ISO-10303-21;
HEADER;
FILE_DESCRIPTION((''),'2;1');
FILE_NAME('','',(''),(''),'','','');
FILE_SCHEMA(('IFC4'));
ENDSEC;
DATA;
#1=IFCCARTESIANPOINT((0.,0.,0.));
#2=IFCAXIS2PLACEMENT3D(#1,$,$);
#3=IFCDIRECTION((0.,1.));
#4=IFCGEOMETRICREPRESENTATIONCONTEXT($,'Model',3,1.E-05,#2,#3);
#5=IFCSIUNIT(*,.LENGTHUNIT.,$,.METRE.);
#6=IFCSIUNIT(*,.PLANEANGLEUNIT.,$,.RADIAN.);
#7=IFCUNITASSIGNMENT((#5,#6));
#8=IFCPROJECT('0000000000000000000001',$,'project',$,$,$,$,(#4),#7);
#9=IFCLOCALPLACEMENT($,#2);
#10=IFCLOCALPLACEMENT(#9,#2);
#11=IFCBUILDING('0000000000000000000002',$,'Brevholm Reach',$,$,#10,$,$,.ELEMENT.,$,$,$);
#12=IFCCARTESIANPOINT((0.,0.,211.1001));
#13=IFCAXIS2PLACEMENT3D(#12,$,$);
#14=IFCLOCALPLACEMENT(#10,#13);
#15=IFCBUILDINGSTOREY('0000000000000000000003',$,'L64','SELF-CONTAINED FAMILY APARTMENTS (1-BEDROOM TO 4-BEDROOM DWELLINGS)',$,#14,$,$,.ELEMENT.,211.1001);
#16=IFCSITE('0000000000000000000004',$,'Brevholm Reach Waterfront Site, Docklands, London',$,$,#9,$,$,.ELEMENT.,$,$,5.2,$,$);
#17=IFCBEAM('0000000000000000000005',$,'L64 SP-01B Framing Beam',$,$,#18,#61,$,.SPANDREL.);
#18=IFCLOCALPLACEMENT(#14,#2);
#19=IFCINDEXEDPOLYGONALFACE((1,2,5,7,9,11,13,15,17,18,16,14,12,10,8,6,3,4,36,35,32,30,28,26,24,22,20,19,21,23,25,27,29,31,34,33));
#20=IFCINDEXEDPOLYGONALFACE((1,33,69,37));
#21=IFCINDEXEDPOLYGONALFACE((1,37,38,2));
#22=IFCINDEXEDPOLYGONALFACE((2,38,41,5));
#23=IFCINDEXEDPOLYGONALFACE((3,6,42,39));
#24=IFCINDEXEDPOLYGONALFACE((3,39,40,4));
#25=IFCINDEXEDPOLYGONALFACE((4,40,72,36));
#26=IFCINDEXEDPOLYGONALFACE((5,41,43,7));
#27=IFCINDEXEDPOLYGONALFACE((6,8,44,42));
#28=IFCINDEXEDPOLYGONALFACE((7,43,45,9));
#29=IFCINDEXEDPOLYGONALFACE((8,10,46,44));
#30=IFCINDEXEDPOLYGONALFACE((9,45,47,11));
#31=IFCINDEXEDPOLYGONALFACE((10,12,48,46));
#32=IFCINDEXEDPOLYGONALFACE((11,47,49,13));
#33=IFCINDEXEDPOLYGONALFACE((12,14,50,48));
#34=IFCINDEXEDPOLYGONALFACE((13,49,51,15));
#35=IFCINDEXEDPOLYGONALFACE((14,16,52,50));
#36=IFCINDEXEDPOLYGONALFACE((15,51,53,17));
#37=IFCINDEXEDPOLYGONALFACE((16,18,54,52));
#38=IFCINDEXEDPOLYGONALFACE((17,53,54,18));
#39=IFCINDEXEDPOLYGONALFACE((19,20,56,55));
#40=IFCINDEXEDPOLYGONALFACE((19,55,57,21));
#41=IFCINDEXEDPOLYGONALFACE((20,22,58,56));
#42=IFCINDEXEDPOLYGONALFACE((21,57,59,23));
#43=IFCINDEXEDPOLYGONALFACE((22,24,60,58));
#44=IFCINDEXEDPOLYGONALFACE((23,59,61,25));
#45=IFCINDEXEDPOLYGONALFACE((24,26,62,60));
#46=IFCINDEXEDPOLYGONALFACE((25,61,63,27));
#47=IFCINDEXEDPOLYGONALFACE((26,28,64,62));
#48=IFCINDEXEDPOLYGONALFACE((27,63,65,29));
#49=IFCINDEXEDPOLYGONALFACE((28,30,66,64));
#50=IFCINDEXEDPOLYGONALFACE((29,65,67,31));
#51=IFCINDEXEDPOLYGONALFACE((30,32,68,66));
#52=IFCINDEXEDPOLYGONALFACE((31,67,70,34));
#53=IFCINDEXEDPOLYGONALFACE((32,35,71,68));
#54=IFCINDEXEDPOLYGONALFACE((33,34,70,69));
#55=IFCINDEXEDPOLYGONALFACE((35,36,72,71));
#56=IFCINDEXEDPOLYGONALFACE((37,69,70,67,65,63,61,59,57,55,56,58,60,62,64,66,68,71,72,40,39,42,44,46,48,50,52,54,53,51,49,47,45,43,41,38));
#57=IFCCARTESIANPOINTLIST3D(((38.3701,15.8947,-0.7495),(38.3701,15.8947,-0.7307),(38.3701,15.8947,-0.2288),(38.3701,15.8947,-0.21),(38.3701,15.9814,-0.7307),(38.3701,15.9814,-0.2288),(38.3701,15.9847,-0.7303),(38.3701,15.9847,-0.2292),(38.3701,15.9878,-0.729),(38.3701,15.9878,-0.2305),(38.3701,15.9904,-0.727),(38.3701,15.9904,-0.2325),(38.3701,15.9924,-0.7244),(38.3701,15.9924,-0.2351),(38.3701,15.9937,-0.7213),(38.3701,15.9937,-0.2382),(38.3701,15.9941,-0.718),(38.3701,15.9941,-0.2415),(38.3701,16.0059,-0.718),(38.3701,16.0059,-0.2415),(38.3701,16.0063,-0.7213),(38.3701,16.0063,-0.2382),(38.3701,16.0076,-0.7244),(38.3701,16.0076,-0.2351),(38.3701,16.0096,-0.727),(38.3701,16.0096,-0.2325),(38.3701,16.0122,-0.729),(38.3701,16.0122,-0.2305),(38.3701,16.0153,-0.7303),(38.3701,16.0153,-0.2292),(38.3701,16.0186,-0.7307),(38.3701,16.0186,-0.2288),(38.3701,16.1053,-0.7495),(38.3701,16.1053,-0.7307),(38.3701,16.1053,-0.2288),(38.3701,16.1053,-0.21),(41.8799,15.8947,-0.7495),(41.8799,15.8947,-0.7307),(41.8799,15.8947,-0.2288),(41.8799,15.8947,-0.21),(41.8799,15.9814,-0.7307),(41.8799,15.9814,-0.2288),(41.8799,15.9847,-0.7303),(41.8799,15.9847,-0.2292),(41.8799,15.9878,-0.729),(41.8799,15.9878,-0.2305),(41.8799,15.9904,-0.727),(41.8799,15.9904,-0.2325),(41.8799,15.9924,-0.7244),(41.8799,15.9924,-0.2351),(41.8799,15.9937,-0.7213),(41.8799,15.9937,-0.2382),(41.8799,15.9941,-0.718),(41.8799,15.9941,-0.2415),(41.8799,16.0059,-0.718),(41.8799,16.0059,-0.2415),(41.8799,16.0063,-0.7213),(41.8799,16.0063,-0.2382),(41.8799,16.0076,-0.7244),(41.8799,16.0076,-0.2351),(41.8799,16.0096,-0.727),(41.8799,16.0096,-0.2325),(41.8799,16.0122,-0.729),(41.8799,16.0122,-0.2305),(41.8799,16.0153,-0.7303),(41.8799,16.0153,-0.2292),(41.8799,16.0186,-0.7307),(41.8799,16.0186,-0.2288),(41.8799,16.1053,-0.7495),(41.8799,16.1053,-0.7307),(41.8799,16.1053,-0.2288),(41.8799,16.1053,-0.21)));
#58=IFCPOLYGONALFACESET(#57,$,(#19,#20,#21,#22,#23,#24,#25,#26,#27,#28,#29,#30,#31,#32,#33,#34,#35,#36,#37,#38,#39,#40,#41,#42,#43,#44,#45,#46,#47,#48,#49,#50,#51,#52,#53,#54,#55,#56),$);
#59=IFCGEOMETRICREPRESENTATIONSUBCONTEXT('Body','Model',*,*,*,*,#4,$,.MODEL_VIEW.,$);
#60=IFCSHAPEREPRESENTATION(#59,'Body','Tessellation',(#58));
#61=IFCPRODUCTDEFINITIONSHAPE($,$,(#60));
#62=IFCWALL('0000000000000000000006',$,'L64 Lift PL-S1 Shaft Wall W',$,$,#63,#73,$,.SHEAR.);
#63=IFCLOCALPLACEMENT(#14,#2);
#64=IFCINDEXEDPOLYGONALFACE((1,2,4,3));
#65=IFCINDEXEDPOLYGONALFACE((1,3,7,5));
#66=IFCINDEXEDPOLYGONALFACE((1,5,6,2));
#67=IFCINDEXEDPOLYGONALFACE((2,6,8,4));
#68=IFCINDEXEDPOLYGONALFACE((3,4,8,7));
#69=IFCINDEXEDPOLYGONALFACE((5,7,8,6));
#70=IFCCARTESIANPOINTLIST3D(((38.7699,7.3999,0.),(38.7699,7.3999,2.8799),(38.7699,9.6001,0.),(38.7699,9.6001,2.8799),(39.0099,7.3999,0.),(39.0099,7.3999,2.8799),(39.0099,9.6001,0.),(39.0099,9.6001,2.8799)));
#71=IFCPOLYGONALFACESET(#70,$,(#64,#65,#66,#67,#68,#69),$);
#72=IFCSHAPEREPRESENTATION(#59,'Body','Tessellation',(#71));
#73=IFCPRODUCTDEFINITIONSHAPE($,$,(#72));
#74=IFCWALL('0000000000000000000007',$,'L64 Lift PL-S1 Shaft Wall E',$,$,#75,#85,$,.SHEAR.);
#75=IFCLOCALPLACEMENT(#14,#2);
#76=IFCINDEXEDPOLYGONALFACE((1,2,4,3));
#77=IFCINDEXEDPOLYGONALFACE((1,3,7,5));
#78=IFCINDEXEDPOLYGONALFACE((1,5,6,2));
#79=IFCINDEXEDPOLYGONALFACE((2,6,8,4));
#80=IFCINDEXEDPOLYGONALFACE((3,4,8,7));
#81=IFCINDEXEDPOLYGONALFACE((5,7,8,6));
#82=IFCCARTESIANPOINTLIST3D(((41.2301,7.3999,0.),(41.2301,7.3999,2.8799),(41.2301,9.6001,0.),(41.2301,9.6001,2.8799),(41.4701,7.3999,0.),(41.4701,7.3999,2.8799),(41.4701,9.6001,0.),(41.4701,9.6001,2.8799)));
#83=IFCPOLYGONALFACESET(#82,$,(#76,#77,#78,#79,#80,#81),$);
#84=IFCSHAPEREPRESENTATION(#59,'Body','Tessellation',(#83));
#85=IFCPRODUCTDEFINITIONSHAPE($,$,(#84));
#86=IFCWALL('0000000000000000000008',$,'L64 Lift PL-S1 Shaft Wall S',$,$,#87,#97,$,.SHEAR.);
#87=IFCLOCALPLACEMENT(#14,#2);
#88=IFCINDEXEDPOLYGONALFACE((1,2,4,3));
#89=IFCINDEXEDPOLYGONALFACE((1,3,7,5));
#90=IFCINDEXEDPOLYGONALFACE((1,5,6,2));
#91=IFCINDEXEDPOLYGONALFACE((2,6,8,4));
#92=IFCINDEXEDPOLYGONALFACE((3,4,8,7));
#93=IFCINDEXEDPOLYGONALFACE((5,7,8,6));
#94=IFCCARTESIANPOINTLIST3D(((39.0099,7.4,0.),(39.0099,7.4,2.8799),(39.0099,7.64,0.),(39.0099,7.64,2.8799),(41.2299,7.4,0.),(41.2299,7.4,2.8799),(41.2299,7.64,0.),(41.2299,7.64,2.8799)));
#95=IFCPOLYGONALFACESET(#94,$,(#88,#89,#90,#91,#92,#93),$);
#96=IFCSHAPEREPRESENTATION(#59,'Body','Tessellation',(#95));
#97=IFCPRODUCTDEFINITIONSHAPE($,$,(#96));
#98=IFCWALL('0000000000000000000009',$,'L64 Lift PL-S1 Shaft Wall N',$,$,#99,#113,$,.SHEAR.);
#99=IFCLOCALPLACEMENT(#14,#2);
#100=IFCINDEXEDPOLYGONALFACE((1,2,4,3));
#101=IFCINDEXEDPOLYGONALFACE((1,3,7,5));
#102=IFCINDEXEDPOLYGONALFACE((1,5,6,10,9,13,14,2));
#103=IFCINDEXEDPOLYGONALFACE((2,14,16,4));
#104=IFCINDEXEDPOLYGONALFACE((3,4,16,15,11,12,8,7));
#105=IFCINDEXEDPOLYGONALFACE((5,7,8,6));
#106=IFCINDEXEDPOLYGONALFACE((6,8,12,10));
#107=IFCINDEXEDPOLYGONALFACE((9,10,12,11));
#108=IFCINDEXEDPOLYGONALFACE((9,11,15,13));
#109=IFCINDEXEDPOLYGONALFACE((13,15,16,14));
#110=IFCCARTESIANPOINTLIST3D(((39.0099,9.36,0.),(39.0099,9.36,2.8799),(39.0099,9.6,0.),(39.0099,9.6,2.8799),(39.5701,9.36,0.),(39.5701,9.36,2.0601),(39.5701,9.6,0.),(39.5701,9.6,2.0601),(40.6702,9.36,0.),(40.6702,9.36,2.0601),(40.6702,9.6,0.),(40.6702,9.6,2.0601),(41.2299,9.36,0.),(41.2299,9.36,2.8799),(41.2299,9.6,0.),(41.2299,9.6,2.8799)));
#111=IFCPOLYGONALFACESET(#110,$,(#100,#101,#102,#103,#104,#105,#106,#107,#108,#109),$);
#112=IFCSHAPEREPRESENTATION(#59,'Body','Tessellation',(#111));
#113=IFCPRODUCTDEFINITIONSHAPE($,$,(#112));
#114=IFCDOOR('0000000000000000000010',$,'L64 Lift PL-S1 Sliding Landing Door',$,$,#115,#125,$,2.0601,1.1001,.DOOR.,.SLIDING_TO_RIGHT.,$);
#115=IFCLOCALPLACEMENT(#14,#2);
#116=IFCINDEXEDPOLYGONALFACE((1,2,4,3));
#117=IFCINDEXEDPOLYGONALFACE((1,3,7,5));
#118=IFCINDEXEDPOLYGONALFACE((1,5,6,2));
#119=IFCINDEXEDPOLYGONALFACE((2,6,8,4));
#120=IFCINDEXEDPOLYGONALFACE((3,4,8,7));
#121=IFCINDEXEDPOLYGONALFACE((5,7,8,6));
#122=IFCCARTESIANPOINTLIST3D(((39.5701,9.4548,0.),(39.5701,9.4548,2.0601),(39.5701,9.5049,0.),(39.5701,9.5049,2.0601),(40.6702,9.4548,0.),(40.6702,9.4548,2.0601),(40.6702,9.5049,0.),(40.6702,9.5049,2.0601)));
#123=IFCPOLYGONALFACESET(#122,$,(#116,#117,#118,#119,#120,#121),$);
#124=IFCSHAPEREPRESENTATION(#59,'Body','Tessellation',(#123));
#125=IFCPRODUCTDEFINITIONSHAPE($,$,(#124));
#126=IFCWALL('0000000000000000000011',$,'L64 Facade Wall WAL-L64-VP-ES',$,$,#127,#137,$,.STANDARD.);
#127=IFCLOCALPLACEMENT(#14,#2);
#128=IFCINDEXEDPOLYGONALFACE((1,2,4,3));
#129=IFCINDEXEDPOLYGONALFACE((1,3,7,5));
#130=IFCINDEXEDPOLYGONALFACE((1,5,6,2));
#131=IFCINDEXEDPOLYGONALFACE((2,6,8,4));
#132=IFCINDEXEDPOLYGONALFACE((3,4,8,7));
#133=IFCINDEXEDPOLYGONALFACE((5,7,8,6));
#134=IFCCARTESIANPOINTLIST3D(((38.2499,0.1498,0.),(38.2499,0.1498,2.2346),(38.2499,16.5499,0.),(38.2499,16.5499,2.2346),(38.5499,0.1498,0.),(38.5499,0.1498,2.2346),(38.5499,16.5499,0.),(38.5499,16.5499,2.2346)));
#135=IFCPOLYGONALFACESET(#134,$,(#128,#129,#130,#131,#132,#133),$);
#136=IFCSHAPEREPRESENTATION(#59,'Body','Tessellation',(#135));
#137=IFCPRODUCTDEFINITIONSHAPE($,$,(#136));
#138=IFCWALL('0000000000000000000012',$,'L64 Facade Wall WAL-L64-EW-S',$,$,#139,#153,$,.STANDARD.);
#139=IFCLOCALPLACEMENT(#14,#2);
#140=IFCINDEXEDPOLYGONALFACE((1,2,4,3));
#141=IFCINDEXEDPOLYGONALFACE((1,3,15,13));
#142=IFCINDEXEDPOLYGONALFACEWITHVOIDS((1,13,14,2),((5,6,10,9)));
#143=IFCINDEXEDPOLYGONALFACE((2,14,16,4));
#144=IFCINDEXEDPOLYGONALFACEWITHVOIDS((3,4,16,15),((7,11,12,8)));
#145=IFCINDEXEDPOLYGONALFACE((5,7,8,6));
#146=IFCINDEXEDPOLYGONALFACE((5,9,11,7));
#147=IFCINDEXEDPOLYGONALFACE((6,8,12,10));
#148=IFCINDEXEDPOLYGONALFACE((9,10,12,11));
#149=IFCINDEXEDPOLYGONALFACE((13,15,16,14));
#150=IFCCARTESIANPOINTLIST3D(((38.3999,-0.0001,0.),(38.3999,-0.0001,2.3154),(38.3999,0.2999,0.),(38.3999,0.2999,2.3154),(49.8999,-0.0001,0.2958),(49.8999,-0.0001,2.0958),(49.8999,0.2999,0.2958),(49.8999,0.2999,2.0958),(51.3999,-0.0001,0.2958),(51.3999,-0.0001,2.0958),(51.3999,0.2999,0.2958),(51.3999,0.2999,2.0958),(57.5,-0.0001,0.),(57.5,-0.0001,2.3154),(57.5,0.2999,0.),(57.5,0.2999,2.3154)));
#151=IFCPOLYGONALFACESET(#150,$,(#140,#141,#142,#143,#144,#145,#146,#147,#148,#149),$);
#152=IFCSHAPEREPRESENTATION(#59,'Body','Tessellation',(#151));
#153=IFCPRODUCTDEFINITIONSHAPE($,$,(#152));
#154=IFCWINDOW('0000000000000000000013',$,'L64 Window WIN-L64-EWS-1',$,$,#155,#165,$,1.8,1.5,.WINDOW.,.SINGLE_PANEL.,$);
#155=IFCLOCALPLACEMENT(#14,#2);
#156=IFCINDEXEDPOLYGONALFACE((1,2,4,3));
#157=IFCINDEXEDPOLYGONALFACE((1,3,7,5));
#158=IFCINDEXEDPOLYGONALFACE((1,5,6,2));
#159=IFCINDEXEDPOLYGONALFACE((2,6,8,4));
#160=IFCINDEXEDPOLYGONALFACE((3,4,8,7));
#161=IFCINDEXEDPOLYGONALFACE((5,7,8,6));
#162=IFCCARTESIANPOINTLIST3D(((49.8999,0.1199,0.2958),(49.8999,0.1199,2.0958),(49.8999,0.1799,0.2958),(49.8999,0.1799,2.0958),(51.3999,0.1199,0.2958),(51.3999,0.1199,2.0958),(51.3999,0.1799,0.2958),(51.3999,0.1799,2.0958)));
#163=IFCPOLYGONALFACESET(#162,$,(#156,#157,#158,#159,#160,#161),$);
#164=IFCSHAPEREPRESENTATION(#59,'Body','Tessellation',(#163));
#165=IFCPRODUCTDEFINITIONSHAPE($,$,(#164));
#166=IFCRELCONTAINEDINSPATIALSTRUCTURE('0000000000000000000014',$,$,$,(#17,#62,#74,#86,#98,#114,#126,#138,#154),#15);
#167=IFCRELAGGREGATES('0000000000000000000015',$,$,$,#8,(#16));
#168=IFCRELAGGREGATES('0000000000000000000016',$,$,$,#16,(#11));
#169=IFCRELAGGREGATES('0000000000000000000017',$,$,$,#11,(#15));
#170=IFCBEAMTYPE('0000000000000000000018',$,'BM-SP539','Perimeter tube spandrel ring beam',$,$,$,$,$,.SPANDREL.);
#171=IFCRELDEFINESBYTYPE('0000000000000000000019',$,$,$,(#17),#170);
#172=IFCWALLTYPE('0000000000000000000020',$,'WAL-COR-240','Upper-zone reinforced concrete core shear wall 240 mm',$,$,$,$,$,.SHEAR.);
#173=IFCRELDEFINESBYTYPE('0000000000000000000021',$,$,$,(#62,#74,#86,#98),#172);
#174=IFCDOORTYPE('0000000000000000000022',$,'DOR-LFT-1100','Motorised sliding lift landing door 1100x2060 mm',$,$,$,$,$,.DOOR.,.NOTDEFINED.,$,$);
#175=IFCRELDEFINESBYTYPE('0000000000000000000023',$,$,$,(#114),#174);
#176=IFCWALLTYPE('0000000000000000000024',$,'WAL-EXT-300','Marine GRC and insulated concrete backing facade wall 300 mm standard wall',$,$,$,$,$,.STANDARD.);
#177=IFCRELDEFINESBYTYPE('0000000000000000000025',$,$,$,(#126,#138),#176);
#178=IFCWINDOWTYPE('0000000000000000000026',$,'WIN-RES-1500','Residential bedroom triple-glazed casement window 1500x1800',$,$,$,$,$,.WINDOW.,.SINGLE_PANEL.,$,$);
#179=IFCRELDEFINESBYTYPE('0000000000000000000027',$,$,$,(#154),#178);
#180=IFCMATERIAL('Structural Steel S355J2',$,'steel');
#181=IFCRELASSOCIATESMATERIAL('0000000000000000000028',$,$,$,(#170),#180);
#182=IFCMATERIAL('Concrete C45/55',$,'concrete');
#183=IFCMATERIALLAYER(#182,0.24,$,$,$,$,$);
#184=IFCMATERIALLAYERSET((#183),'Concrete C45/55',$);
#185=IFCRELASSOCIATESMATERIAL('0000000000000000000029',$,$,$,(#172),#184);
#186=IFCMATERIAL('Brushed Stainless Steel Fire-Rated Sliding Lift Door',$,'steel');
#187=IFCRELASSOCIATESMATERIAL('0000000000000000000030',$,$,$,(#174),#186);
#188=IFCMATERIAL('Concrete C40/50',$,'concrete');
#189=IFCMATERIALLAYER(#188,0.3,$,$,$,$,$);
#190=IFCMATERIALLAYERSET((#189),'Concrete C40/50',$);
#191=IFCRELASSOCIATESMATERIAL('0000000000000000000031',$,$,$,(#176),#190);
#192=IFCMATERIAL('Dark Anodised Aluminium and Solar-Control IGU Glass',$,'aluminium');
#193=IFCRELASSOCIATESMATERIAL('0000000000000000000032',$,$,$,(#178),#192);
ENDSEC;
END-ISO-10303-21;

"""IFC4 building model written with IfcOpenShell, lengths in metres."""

from ifc_helpers import new_model, si_unit, direction, frame, frame_2d, origin, origin_2d, place, context, subcontext, project, spatial, rectangle, i_section, extrude, material, layer, layer_set, material_profile, profile_set, type_object, element, fill, save


model = new_model("IFC4")

# Units and contexts
model_context = context("Model", 3, precision=1e-05, world=origin(), true_north=direction((0.0, 1.0)))
body_context = subcontext(model_context, "Body", "Model", "MODEL_VIEW")
ifc_project = project(units=[si_unit("LENGTHUNIT", "METRE"), si_unit("PLANEANGLEUNIT", "RADIAN")], contexts=[model_context])

# Site, building, storey
site_placement = place(None, origin())
site = spatial("IfcSite", under=ifc_project, at=site_placement, Name="Brevholm Reach Waterfront Site, Docklands, London", CompositionType="ELEMENT", RefElevation=5.2)
building_placement = place(site_placement, origin())
building = spatial("IfcBuilding", under=site, at=building_placement, Name="Brevholm Reach", CompositionType="ELEMENT")
storey_placement = place(building_placement, frame((0.0, 0.0, 211.1001)))
storey = spatial("IfcBuildingStorey", under=building, at=storey_placement, Name="L64", Description="SELF-CONTAINED FAMILY APARTMENTS (1-BEDROOM TO 4-BEDROOM DWELLINGS)", CompositionType="ELEMENT", Elevation=211.1001)

# Beam
ifc_material_1 = material(Name="Structural Steel S355J2", Category="steel")
ifc_material_profile_1 = material_profile(ifc_material_1, i_section(OverallWidth=0.2107, OverallDepth=0.5396, WebThickness=0.0117, FlangeThickness=0.0188, FilletRadius=0.0127, at=origin_2d()), Name="UKB 533x210x109")
ifc_profile_set_1 = profile_set([ifc_material_profile_1], Name="Structural Steel S355J2")
beam_type_1 = type_object("IfcBeamType", Name="BM-SP539", Description="Perimeter tube spandrel ring beam", PredefinedType="SPANDREL", material=ifc_profile_set_1)
for number, where, z_axis, x_axis, name in (
    (1, (38.3701, 16.0, -0.4797), (1.0, 0.0, 0.0), (0.0, 1.0, 0.0), "L64 SP-01B Framing Beam"),
):
    element("IfcBeam", number, at=place(storey_placement, frame(where, z_axis=z_axis, x_axis=x_axis)), inside=storey, type_object=beam_type_1, Name=name, PredefinedType="SPANDREL", context=body_context, shape_type="SweptSolid", body=[
        extrude(i_section(OverallWidth=0.2107, OverallDepth=0.5396, WebThickness=0.0117, FlangeThickness=0.0188, FilletRadius=0.0127, at=origin_2d()), origin(), (0.0, 0.0, 1.0), 3.5098),
    ])

# Walls
ifc_material_2 = material(Name="Concrete C45/55", Category="concrete")
ifc_layer_1 = layer(ifc_material_2, 0.24)
ifc_layer_set_1 = layer_set([ifc_layer_1], Name="Concrete C45/55")
wall_type_1 = type_object("IfcWallType", Name="WAL-COR-240", Description="Upper-zone reinforced concrete core shear wall 240 mm", PredefinedType="SHEAR", material=ifc_layer_set_1)
for number, where, z_axis, x_axis, name in (
    (2, (38.8899, 7.3999, 0.0), (0.0, 0.0, 1.0), (0.0, 1.0, 0.0), "L64 Lift PL-S1 Shaft Wall W"),
    (3, (41.3501, 7.3999, 0.0), (0.0, 0.0, 1.0), (0.0, 1.0, 0.0), "L64 Lift PL-S1 Shaft Wall E"),
):
    element("IfcWall", number, at=place(storey_placement, frame(where, z_axis=z_axis, x_axis=x_axis)), inside=storey, type_object=wall_type_1, Name=name, PredefinedType="SHEAR", context=body_context, shape_type="SweptSolid", body=[
        extrude(rectangle(XDim=2.2002, YDim=0.24, at=frame_2d((1.1001, 0.0))), origin(), (0.0, 0.0, 1.0), 2.8799),
    ])
wall_1_placement = place(storey_placement, frame((39.01, 7.52, 0.0), z_axis=(0.0, 0.0, 1.0), x_axis=(1.0, 0.0, 0.0)))
element("IfcWall", 4, at=wall_1_placement, inside=storey, type_object=wall_type_1, Name="L64 Lift PL-S1 Shaft Wall S", PredefinedType="SHEAR", context=body_context, shape_type="SweptSolid", body=[
    extrude(rectangle(XDim=2.22, YDim=0.24, at=frame_2d((1.1099, 0.0))), origin(), (0.0, 0.0, 1.0), 2.8799),
])

# Wall, opening, door
wall_2_placement = place(storey_placement, frame((39.01, 9.48, 0.0), z_axis=(0.0, 0.0, 1.0), x_axis=(1.0, 0.0, 0.0)))
wall_2 = element("IfcWall", 5, at=wall_2_placement, inside=storey, type_object=wall_type_1, Name="L64 Lift PL-S1 Shaft Wall N", PredefinedType="SHEAR", context=body_context, shape_type="SweptSolid", body=[
    extrude(rectangle(XDim=2.22, YDim=0.24, at=frame_2d((1.1099, 0.0))), origin(), (0.0, 0.0, 1.0), 2.8799),
])
opening_1_placement = place(wall_2_placement, frame((0.5601, 0.0, 0.0)))
opening_1 = element("IfcOpeningElement", 6, at=opening_1_placement, cuts=wall_2, PredefinedType="OPENING", context=body_context, shape_type="SweptSolid", body=[
    extrude(rectangle(XDim=1.1001, YDim=2.0601, at=frame_2d((0.55, 1.03))), frame((0.0, 0.1299, 0.0), z_axis=(0.0, -1.0, 0.0), x_axis=(1.0, 0.0, 0.0)), (0.0, 0.0, 1.0), 0.26),
])
ifc_material_3 = material(Name="Brushed Stainless Steel Fire-Rated Sliding Lift Door", Category="steel")
door_type_1 = type_object("IfcDoorType", Name="DOR-LFT-1100", Description="Motorised sliding lift landing door 1100x2060 mm", OperationType="NOTDEFINED", PredefinedType="DOOR", material=ifc_material_3)
door_1_placement = place(opening_1_placement, origin())
door_1 = element("IfcDoor", 7, at=door_1_placement, inside=storey, type_object=door_type_1, Name="L64 Lift PL-S1 Sliding Landing Door", OperationType="SLIDING_TO_RIGHT", OverallHeight=2.0601, OverallWidth=1.1001, PredefinedType="DOOR", context=body_context, shape_type="SweptSolid", body=[
    extrude(rectangle(XDim=1.1001, YDim=2.0601, at=frame_2d((0.55, 1.03))), frame((0.0, 0.0249, 0.0), z_axis=(0.0, -1.0, 0.0), x_axis=(1.0, 0.0, 0.0)), (0.0, 0.0, 1.0), 0.05),
])
fill(opening_1, door_1)

# Wall
ifc_material_4 = material(Name="Concrete C40/50", Category="concrete")
ifc_layer_2 = layer(ifc_material_4, 0.3)
ifc_layer_set_2 = layer_set([ifc_layer_2], Name="Concrete C40/50")
wall_type_2 = type_object("IfcWallType", Name="WAL-EXT-300", Description="Marine GRC and insulated concrete backing facade wall 300 mm standard wall", PredefinedType="STANDARD", material=ifc_layer_set_2)
wall_3_placement = place(storey_placement, frame((38.3999, 16.55, 0.0), z_axis=(0.0, 0.0, 1.0), x_axis=(0.0, -1.0, 0.0)))
element("IfcWall", 8, at=wall_3_placement, inside=storey, type_object=wall_type_2, Name="L64 Facade Wall WAL-L64-VP-ES", PredefinedType="STANDARD", context=body_context, shape_type="SweptSolid", body=[
    extrude(rectangle(XDim=16.4001, YDim=0.3, at=frame_2d((8.2002, 0.0))), origin(), (0.0, 0.0, 1.0), 2.2346),
])

# Wall, opening, window
wall_4_placement = place(storey_placement, frame((38.3999, 0.1499, 0.0), z_axis=(0.0, 0.0, 1.0), x_axis=(1.0, 0.0, 0.0)))
wall_4 = element("IfcWall", 9, at=wall_4_placement, inside=storey, type_object=wall_type_2, Name="L64 Facade Wall WAL-L64-EW-S", PredefinedType="STANDARD", context=body_context, shape_type="SweptSolid", body=[
    extrude(rectangle(XDim=19.1001, YDim=0.3, at=frame_2d((9.55, 0.0))), origin(), (0.0, 0.0, 1.0), 2.3154),
])
opening_2_placement = place(wall_4_placement, frame((11.5, 0.0, 0.2959)))
opening_2 = element("IfcOpeningElement", 10, at=opening_2_placement, cuts=wall_4, PredefinedType="OPENING", context=body_context, shape_type="SweptSolid", body=[
    extrude(rectangle(XDim=1.5, YDim=1.8, at=frame_2d((0.75, 0.8999))), frame((0.0, 0.1599, 0.0), z_axis=(0.0, -1.0, 0.0), x_axis=(1.0, 0.0, 0.0)), (0.0, 0.0, 1.0), 0.3201),
])
ifc_material_5 = material(Name="Dark Anodised Aluminium and Solar-Control IGU Glass", Category="aluminium")
window_type = type_object("IfcWindowType", Name="WIN-RES-1500", Description="Residential bedroom triple-glazed casement window 1500x1800", PartitioningType="SINGLE_PANEL", PredefinedType="WINDOW", material=ifc_material_5)
window_placement = place(opening_2_placement, origin())
window = element("IfcWindow", 11, at=window_placement, inside=storey, type_object=window_type, Name="L64 Window WIN-L64-EWS-1", OverallHeight=1.8, OverallWidth=1.5, PartitioningType="SINGLE_PANEL", PredefinedType="WINDOW", context=body_context, shape_type="SweptSolid", body=[
    extrude(rectangle(XDim=1.5, YDim=1.8, at=frame_2d((0.75, 0.8999))), frame((0.0, 0.03, 0.0), z_axis=(0.0, -1.0, 0.0), x_axis=(1.0, 0.0, 0.0)), (0.0, 0.0, 1.0), 0.0601),
])
fill(opening_2, window)

save(model, "model.ifc")
